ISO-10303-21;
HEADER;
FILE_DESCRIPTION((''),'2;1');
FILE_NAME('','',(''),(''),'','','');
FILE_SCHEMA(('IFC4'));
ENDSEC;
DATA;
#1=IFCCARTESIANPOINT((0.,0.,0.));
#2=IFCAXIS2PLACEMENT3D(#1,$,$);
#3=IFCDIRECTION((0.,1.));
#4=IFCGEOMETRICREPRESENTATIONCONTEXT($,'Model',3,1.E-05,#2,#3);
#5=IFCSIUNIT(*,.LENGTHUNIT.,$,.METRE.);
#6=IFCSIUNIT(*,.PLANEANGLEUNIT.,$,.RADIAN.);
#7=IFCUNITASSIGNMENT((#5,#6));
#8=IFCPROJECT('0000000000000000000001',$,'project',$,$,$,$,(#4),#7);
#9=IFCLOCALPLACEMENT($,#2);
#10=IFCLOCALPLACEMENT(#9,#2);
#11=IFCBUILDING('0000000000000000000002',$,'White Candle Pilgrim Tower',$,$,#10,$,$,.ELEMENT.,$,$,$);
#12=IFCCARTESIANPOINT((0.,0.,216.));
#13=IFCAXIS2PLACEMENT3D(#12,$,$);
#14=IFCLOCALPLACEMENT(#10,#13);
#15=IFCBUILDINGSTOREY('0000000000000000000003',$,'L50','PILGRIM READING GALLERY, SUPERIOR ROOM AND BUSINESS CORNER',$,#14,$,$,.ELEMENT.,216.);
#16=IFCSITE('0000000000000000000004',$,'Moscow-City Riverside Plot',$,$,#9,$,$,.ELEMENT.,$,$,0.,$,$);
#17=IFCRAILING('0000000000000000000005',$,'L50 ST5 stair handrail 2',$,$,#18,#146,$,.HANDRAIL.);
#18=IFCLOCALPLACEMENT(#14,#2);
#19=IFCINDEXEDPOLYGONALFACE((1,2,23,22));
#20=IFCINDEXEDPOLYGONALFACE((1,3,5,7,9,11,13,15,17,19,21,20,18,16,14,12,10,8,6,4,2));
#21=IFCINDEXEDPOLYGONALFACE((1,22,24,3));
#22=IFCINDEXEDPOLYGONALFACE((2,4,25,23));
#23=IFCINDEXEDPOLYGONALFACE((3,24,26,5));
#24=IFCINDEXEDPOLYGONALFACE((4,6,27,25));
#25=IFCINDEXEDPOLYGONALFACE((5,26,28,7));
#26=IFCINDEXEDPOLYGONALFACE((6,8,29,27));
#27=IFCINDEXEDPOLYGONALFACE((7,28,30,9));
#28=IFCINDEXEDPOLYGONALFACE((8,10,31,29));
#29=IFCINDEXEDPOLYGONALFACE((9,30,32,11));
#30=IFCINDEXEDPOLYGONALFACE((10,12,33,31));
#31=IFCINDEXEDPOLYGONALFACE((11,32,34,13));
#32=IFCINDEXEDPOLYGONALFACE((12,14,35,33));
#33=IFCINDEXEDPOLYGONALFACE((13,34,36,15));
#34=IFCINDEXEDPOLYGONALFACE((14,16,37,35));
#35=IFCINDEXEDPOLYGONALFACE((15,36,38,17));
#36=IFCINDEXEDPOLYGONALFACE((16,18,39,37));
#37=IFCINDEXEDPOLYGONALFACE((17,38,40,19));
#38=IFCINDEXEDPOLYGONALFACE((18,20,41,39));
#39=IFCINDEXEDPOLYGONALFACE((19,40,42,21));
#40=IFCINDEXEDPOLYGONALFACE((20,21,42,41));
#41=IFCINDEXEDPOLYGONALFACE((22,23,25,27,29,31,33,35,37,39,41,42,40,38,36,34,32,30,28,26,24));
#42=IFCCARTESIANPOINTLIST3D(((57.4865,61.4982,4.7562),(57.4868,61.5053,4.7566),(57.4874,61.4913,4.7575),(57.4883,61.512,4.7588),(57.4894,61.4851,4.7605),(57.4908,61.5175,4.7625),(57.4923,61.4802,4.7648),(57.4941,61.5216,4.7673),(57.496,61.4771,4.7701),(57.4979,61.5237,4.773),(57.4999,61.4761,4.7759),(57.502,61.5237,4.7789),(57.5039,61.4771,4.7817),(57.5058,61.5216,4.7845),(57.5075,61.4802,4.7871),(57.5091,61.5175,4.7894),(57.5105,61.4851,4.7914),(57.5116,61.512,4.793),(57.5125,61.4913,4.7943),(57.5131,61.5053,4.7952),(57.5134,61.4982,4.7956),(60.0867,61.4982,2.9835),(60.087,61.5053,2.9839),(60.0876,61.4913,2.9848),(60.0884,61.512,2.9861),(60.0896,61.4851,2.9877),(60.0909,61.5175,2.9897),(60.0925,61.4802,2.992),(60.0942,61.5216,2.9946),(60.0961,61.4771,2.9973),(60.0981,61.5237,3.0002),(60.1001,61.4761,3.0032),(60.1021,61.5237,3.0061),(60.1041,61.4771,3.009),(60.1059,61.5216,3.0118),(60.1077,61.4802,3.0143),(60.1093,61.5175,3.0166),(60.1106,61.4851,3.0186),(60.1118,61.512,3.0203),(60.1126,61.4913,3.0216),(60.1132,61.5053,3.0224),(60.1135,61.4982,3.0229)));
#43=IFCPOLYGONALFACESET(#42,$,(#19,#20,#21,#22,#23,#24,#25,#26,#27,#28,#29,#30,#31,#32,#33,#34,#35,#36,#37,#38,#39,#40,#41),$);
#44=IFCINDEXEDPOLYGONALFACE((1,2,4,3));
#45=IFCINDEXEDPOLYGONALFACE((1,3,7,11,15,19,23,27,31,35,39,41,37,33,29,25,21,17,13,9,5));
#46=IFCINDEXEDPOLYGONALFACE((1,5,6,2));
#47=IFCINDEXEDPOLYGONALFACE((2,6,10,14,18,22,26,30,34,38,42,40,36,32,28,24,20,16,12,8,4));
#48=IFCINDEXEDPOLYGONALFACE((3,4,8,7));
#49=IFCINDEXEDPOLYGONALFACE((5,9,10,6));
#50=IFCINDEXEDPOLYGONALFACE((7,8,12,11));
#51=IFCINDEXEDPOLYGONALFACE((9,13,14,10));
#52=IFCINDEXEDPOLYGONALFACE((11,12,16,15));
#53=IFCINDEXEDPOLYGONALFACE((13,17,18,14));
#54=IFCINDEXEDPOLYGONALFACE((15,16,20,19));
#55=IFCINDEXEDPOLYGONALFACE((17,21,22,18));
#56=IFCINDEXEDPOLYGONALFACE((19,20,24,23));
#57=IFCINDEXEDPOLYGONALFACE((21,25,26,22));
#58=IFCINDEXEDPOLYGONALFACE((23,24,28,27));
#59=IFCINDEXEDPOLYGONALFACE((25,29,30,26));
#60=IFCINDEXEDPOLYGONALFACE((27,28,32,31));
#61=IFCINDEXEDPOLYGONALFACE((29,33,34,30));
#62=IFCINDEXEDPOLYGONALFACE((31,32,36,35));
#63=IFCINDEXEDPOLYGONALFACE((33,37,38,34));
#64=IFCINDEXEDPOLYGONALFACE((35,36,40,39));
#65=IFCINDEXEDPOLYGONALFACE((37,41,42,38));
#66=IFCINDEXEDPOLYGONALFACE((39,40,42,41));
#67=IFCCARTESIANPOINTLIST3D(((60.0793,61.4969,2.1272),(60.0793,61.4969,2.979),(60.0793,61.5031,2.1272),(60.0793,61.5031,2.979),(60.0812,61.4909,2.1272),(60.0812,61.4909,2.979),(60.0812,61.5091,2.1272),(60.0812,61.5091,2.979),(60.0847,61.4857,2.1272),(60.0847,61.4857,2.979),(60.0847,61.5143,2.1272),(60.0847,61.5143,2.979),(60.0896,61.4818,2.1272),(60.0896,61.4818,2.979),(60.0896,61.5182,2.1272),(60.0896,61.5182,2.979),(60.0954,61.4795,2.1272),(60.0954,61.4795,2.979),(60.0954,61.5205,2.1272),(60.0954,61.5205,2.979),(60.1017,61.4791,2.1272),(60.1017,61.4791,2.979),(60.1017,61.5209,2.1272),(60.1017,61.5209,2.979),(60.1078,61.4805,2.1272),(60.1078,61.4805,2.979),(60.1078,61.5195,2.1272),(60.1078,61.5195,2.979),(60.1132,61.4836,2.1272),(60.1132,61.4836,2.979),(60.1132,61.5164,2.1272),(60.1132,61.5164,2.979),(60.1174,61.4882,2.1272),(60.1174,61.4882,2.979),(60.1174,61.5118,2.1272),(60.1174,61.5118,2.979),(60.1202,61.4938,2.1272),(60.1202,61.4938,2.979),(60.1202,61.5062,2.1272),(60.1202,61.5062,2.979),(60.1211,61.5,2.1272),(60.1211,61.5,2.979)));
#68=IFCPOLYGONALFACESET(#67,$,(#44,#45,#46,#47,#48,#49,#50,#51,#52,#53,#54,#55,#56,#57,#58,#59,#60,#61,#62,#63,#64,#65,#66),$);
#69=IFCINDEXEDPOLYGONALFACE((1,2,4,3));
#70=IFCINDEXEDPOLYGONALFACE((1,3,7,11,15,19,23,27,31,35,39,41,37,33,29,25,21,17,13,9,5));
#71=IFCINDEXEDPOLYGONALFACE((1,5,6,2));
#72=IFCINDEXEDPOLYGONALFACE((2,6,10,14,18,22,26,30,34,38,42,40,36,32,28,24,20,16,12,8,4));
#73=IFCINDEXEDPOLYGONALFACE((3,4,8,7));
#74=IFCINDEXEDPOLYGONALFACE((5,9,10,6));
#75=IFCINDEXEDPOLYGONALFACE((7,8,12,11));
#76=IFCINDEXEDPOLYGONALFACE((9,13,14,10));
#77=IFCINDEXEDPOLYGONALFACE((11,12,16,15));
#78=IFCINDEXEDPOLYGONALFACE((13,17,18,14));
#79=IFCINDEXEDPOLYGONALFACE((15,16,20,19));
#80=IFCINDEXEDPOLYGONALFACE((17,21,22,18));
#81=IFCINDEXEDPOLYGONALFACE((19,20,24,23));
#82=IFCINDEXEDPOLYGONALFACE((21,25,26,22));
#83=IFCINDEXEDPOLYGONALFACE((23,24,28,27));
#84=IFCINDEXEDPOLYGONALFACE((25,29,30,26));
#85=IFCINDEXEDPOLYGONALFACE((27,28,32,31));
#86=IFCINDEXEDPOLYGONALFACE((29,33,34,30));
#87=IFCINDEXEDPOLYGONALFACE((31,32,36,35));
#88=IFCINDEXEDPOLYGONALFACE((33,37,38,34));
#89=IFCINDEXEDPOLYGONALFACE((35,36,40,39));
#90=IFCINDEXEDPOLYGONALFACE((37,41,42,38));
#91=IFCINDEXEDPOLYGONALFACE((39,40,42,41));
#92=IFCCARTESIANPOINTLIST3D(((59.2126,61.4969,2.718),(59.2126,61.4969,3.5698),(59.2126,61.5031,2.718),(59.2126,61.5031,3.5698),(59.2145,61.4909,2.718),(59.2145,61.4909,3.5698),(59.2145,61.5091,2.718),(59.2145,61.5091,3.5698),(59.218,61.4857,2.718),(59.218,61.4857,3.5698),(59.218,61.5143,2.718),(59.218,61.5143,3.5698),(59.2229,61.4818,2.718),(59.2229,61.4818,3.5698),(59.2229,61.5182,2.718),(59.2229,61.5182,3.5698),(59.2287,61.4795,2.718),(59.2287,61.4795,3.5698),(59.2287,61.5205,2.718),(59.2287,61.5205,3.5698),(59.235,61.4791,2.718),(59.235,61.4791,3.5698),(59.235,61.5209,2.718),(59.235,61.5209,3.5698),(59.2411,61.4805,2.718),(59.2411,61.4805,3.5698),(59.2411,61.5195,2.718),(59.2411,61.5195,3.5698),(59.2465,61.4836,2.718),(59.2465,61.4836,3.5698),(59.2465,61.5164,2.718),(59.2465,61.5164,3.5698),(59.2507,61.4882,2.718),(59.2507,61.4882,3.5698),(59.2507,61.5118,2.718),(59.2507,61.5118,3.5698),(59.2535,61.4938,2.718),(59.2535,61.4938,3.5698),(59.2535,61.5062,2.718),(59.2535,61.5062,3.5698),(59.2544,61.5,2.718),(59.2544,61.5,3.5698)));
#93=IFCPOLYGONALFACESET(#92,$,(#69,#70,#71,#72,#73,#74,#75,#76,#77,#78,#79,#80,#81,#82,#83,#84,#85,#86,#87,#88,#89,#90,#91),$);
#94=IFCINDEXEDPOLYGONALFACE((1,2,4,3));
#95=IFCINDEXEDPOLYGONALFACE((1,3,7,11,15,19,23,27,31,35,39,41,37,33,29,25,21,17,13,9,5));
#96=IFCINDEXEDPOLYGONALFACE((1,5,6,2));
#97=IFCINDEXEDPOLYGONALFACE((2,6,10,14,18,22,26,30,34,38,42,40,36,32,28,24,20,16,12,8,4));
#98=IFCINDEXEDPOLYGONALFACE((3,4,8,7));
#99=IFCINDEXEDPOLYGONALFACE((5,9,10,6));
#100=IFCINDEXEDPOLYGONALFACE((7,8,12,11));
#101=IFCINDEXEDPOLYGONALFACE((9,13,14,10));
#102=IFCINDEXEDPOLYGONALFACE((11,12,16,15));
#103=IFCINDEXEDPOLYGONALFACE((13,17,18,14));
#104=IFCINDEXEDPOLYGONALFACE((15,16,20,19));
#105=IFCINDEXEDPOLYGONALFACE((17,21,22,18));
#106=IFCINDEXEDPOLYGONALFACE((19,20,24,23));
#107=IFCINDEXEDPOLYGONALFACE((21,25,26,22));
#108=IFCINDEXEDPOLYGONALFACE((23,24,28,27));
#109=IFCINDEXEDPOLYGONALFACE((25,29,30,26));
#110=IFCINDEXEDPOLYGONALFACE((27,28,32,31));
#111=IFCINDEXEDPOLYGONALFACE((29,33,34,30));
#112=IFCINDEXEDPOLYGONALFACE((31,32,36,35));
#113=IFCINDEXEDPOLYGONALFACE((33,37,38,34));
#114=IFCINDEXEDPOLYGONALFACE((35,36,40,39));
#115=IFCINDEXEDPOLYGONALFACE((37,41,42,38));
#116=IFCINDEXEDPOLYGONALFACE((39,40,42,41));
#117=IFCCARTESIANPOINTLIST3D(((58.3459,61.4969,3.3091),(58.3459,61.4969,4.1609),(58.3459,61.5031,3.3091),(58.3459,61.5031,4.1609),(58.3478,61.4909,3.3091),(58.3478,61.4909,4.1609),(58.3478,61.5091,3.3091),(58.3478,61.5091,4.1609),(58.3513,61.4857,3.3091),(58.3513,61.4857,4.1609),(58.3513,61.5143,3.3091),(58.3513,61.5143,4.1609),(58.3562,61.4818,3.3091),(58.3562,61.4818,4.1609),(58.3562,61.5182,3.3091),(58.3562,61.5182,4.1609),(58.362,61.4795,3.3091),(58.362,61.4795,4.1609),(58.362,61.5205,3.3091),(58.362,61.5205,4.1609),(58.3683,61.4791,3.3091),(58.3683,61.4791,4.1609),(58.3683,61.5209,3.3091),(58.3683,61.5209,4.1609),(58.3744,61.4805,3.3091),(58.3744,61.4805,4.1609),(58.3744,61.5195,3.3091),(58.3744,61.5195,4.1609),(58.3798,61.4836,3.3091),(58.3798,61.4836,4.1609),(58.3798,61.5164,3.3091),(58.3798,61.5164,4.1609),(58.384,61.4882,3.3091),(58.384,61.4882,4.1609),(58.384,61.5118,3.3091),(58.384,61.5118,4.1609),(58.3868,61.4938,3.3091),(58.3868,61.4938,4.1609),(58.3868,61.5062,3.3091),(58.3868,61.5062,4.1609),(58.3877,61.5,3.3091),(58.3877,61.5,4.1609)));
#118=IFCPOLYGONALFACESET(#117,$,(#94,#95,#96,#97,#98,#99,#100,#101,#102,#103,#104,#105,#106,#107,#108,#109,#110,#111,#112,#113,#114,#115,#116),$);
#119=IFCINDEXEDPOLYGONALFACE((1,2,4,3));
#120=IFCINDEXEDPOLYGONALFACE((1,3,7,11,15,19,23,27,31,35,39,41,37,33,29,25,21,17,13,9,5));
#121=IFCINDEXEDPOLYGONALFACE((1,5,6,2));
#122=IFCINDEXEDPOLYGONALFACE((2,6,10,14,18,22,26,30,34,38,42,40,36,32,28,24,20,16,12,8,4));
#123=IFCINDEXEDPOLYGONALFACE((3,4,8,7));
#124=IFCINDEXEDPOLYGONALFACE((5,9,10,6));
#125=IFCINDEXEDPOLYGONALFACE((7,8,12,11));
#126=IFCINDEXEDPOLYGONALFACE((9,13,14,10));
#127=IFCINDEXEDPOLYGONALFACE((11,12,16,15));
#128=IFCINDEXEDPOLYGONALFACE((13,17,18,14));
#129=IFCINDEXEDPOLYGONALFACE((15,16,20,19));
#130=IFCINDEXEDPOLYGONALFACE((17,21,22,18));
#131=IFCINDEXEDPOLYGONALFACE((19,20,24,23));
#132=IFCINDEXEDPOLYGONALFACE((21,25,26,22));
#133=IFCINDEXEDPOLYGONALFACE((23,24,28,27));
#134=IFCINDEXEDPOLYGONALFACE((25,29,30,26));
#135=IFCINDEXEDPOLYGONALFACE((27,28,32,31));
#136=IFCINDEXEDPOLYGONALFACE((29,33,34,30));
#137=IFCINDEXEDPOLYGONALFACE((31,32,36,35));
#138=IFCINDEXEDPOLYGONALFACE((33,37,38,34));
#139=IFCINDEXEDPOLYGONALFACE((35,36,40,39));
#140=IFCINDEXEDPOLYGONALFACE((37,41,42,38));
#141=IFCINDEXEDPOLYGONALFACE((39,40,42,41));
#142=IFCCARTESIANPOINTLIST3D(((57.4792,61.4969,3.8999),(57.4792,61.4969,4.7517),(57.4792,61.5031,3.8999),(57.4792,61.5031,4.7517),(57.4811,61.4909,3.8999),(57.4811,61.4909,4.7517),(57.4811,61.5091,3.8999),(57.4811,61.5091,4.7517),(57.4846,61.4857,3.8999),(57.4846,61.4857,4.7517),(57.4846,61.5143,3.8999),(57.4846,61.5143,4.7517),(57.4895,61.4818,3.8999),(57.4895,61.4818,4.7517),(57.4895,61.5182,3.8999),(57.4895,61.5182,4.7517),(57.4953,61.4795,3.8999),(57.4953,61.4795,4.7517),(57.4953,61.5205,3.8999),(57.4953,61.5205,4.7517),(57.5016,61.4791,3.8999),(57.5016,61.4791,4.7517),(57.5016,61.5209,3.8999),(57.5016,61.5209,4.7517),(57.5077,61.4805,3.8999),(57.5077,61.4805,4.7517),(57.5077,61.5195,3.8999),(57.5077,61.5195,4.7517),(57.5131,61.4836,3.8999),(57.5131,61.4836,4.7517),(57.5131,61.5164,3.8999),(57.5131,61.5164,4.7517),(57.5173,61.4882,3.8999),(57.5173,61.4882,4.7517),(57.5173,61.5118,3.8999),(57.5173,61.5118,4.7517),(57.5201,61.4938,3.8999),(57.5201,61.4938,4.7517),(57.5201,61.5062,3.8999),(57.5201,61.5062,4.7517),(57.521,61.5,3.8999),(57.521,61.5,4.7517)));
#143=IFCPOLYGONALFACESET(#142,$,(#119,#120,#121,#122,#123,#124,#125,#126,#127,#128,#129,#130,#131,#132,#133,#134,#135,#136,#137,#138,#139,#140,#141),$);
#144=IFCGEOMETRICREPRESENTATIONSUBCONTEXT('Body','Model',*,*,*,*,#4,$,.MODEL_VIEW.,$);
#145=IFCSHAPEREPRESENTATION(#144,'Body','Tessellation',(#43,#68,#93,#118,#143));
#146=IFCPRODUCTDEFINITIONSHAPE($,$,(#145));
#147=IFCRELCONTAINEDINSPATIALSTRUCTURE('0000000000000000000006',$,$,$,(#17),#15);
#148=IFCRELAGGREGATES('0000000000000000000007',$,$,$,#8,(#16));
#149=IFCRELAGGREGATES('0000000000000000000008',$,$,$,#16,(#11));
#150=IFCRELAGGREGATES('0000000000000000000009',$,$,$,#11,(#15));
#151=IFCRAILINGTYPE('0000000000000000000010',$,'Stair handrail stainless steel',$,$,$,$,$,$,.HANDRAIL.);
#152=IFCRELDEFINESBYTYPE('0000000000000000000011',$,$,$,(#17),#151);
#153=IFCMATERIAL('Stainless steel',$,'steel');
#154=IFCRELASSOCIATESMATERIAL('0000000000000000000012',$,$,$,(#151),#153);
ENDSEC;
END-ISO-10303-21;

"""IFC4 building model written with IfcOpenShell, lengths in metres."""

from ifc_helpers import new_model, si_unit, direction, frame, origin, origin_2d, place, context, subcontext, project, spatial, circle, extrude, material, type_object, element, save


model = new_model("IFC4")

# Units and contexts
model_context = context("Model", 3, precision=1e-05, world=origin(), true_north=direction((0.0, 1.0)))
body_context = subcontext(model_context, "Body", "Model", "MODEL_VIEW")
ifc_project = project(units=[si_unit("LENGTHUNIT", "METRE"), si_unit("PLANEANGLEUNIT", "RADIAN")], contexts=[model_context])

# Site, building, storey
site_placement = place(None, origin())
site = spatial("IfcSite", under=ifc_project, at=site_placement, Name="Moscow-City Riverside Plot", CompositionType="ELEMENT", RefElevation=0.0)
building_placement = place(site_placement, origin())
building = spatial("IfcBuilding", under=site, at=building_placement, Name="White Candle Pilgrim Tower", CompositionType="ELEMENT")
storey_placement = place(building_placement, frame((0.0, 0.0, 216.0)))
storey = spatial("IfcBuildingStorey", under=building, at=storey_placement, Name="L50", Description="PILGRIM READING GALLERY, SUPERIOR ROOM AND BUSINESS CORNER", CompositionType="ELEMENT", Elevation=216.0)

# Railing
ifc_material_1 = material(Name="Stainless steel", Category="steel")
railing_type_1 = type_object("IfcRailingType", Name="Stair handrail stainless steel", PredefinedType="HANDRAIL", material=ifc_material_1)
railing_1_placement = place(storey_placement, frame((60.1001, 61.5, 2.1272)))
element("IfcRailing", 1, at=railing_1_placement, inside=storey, type_object=railing_type_1, Name="L50 ST5 stair handrail 2", PredefinedType="HANDRAIL", context=body_context, shape_type="SweptSolid", body=[
    extrude(circle(Radius=0.0239, at=origin_2d()), frame((0.0, 0.0, 0.876), z_axis=(-0.82624, 0.0, 0.563318), x_axis=(0.0, -1.0, 0.0)), (0.0, 0.0, 1.0), 3.147),
    extrude(circle(Radius=0.021, at=origin_2d()), origin(), (0.0, 0.0, 1.0), 0.8518),
    extrude(circle(Radius=0.021, at=origin_2d()), frame((-0.8667, 0.0, 0.5908)), (0.0, 0.0, 1.0), 0.8518),
    extrude(circle(Radius=0.021, at=origin_2d()), frame((-1.7334, 0.0, 1.1819)), (0.0, 0.0, 1.0), 0.8518),
    extrude(circle(Radius=0.021, at=origin_2d()), frame((-2.6001, 0.0, 1.7727)), (0.0, 0.0, 1.0), 0.8518),
])

save(model, "model.ifc")
